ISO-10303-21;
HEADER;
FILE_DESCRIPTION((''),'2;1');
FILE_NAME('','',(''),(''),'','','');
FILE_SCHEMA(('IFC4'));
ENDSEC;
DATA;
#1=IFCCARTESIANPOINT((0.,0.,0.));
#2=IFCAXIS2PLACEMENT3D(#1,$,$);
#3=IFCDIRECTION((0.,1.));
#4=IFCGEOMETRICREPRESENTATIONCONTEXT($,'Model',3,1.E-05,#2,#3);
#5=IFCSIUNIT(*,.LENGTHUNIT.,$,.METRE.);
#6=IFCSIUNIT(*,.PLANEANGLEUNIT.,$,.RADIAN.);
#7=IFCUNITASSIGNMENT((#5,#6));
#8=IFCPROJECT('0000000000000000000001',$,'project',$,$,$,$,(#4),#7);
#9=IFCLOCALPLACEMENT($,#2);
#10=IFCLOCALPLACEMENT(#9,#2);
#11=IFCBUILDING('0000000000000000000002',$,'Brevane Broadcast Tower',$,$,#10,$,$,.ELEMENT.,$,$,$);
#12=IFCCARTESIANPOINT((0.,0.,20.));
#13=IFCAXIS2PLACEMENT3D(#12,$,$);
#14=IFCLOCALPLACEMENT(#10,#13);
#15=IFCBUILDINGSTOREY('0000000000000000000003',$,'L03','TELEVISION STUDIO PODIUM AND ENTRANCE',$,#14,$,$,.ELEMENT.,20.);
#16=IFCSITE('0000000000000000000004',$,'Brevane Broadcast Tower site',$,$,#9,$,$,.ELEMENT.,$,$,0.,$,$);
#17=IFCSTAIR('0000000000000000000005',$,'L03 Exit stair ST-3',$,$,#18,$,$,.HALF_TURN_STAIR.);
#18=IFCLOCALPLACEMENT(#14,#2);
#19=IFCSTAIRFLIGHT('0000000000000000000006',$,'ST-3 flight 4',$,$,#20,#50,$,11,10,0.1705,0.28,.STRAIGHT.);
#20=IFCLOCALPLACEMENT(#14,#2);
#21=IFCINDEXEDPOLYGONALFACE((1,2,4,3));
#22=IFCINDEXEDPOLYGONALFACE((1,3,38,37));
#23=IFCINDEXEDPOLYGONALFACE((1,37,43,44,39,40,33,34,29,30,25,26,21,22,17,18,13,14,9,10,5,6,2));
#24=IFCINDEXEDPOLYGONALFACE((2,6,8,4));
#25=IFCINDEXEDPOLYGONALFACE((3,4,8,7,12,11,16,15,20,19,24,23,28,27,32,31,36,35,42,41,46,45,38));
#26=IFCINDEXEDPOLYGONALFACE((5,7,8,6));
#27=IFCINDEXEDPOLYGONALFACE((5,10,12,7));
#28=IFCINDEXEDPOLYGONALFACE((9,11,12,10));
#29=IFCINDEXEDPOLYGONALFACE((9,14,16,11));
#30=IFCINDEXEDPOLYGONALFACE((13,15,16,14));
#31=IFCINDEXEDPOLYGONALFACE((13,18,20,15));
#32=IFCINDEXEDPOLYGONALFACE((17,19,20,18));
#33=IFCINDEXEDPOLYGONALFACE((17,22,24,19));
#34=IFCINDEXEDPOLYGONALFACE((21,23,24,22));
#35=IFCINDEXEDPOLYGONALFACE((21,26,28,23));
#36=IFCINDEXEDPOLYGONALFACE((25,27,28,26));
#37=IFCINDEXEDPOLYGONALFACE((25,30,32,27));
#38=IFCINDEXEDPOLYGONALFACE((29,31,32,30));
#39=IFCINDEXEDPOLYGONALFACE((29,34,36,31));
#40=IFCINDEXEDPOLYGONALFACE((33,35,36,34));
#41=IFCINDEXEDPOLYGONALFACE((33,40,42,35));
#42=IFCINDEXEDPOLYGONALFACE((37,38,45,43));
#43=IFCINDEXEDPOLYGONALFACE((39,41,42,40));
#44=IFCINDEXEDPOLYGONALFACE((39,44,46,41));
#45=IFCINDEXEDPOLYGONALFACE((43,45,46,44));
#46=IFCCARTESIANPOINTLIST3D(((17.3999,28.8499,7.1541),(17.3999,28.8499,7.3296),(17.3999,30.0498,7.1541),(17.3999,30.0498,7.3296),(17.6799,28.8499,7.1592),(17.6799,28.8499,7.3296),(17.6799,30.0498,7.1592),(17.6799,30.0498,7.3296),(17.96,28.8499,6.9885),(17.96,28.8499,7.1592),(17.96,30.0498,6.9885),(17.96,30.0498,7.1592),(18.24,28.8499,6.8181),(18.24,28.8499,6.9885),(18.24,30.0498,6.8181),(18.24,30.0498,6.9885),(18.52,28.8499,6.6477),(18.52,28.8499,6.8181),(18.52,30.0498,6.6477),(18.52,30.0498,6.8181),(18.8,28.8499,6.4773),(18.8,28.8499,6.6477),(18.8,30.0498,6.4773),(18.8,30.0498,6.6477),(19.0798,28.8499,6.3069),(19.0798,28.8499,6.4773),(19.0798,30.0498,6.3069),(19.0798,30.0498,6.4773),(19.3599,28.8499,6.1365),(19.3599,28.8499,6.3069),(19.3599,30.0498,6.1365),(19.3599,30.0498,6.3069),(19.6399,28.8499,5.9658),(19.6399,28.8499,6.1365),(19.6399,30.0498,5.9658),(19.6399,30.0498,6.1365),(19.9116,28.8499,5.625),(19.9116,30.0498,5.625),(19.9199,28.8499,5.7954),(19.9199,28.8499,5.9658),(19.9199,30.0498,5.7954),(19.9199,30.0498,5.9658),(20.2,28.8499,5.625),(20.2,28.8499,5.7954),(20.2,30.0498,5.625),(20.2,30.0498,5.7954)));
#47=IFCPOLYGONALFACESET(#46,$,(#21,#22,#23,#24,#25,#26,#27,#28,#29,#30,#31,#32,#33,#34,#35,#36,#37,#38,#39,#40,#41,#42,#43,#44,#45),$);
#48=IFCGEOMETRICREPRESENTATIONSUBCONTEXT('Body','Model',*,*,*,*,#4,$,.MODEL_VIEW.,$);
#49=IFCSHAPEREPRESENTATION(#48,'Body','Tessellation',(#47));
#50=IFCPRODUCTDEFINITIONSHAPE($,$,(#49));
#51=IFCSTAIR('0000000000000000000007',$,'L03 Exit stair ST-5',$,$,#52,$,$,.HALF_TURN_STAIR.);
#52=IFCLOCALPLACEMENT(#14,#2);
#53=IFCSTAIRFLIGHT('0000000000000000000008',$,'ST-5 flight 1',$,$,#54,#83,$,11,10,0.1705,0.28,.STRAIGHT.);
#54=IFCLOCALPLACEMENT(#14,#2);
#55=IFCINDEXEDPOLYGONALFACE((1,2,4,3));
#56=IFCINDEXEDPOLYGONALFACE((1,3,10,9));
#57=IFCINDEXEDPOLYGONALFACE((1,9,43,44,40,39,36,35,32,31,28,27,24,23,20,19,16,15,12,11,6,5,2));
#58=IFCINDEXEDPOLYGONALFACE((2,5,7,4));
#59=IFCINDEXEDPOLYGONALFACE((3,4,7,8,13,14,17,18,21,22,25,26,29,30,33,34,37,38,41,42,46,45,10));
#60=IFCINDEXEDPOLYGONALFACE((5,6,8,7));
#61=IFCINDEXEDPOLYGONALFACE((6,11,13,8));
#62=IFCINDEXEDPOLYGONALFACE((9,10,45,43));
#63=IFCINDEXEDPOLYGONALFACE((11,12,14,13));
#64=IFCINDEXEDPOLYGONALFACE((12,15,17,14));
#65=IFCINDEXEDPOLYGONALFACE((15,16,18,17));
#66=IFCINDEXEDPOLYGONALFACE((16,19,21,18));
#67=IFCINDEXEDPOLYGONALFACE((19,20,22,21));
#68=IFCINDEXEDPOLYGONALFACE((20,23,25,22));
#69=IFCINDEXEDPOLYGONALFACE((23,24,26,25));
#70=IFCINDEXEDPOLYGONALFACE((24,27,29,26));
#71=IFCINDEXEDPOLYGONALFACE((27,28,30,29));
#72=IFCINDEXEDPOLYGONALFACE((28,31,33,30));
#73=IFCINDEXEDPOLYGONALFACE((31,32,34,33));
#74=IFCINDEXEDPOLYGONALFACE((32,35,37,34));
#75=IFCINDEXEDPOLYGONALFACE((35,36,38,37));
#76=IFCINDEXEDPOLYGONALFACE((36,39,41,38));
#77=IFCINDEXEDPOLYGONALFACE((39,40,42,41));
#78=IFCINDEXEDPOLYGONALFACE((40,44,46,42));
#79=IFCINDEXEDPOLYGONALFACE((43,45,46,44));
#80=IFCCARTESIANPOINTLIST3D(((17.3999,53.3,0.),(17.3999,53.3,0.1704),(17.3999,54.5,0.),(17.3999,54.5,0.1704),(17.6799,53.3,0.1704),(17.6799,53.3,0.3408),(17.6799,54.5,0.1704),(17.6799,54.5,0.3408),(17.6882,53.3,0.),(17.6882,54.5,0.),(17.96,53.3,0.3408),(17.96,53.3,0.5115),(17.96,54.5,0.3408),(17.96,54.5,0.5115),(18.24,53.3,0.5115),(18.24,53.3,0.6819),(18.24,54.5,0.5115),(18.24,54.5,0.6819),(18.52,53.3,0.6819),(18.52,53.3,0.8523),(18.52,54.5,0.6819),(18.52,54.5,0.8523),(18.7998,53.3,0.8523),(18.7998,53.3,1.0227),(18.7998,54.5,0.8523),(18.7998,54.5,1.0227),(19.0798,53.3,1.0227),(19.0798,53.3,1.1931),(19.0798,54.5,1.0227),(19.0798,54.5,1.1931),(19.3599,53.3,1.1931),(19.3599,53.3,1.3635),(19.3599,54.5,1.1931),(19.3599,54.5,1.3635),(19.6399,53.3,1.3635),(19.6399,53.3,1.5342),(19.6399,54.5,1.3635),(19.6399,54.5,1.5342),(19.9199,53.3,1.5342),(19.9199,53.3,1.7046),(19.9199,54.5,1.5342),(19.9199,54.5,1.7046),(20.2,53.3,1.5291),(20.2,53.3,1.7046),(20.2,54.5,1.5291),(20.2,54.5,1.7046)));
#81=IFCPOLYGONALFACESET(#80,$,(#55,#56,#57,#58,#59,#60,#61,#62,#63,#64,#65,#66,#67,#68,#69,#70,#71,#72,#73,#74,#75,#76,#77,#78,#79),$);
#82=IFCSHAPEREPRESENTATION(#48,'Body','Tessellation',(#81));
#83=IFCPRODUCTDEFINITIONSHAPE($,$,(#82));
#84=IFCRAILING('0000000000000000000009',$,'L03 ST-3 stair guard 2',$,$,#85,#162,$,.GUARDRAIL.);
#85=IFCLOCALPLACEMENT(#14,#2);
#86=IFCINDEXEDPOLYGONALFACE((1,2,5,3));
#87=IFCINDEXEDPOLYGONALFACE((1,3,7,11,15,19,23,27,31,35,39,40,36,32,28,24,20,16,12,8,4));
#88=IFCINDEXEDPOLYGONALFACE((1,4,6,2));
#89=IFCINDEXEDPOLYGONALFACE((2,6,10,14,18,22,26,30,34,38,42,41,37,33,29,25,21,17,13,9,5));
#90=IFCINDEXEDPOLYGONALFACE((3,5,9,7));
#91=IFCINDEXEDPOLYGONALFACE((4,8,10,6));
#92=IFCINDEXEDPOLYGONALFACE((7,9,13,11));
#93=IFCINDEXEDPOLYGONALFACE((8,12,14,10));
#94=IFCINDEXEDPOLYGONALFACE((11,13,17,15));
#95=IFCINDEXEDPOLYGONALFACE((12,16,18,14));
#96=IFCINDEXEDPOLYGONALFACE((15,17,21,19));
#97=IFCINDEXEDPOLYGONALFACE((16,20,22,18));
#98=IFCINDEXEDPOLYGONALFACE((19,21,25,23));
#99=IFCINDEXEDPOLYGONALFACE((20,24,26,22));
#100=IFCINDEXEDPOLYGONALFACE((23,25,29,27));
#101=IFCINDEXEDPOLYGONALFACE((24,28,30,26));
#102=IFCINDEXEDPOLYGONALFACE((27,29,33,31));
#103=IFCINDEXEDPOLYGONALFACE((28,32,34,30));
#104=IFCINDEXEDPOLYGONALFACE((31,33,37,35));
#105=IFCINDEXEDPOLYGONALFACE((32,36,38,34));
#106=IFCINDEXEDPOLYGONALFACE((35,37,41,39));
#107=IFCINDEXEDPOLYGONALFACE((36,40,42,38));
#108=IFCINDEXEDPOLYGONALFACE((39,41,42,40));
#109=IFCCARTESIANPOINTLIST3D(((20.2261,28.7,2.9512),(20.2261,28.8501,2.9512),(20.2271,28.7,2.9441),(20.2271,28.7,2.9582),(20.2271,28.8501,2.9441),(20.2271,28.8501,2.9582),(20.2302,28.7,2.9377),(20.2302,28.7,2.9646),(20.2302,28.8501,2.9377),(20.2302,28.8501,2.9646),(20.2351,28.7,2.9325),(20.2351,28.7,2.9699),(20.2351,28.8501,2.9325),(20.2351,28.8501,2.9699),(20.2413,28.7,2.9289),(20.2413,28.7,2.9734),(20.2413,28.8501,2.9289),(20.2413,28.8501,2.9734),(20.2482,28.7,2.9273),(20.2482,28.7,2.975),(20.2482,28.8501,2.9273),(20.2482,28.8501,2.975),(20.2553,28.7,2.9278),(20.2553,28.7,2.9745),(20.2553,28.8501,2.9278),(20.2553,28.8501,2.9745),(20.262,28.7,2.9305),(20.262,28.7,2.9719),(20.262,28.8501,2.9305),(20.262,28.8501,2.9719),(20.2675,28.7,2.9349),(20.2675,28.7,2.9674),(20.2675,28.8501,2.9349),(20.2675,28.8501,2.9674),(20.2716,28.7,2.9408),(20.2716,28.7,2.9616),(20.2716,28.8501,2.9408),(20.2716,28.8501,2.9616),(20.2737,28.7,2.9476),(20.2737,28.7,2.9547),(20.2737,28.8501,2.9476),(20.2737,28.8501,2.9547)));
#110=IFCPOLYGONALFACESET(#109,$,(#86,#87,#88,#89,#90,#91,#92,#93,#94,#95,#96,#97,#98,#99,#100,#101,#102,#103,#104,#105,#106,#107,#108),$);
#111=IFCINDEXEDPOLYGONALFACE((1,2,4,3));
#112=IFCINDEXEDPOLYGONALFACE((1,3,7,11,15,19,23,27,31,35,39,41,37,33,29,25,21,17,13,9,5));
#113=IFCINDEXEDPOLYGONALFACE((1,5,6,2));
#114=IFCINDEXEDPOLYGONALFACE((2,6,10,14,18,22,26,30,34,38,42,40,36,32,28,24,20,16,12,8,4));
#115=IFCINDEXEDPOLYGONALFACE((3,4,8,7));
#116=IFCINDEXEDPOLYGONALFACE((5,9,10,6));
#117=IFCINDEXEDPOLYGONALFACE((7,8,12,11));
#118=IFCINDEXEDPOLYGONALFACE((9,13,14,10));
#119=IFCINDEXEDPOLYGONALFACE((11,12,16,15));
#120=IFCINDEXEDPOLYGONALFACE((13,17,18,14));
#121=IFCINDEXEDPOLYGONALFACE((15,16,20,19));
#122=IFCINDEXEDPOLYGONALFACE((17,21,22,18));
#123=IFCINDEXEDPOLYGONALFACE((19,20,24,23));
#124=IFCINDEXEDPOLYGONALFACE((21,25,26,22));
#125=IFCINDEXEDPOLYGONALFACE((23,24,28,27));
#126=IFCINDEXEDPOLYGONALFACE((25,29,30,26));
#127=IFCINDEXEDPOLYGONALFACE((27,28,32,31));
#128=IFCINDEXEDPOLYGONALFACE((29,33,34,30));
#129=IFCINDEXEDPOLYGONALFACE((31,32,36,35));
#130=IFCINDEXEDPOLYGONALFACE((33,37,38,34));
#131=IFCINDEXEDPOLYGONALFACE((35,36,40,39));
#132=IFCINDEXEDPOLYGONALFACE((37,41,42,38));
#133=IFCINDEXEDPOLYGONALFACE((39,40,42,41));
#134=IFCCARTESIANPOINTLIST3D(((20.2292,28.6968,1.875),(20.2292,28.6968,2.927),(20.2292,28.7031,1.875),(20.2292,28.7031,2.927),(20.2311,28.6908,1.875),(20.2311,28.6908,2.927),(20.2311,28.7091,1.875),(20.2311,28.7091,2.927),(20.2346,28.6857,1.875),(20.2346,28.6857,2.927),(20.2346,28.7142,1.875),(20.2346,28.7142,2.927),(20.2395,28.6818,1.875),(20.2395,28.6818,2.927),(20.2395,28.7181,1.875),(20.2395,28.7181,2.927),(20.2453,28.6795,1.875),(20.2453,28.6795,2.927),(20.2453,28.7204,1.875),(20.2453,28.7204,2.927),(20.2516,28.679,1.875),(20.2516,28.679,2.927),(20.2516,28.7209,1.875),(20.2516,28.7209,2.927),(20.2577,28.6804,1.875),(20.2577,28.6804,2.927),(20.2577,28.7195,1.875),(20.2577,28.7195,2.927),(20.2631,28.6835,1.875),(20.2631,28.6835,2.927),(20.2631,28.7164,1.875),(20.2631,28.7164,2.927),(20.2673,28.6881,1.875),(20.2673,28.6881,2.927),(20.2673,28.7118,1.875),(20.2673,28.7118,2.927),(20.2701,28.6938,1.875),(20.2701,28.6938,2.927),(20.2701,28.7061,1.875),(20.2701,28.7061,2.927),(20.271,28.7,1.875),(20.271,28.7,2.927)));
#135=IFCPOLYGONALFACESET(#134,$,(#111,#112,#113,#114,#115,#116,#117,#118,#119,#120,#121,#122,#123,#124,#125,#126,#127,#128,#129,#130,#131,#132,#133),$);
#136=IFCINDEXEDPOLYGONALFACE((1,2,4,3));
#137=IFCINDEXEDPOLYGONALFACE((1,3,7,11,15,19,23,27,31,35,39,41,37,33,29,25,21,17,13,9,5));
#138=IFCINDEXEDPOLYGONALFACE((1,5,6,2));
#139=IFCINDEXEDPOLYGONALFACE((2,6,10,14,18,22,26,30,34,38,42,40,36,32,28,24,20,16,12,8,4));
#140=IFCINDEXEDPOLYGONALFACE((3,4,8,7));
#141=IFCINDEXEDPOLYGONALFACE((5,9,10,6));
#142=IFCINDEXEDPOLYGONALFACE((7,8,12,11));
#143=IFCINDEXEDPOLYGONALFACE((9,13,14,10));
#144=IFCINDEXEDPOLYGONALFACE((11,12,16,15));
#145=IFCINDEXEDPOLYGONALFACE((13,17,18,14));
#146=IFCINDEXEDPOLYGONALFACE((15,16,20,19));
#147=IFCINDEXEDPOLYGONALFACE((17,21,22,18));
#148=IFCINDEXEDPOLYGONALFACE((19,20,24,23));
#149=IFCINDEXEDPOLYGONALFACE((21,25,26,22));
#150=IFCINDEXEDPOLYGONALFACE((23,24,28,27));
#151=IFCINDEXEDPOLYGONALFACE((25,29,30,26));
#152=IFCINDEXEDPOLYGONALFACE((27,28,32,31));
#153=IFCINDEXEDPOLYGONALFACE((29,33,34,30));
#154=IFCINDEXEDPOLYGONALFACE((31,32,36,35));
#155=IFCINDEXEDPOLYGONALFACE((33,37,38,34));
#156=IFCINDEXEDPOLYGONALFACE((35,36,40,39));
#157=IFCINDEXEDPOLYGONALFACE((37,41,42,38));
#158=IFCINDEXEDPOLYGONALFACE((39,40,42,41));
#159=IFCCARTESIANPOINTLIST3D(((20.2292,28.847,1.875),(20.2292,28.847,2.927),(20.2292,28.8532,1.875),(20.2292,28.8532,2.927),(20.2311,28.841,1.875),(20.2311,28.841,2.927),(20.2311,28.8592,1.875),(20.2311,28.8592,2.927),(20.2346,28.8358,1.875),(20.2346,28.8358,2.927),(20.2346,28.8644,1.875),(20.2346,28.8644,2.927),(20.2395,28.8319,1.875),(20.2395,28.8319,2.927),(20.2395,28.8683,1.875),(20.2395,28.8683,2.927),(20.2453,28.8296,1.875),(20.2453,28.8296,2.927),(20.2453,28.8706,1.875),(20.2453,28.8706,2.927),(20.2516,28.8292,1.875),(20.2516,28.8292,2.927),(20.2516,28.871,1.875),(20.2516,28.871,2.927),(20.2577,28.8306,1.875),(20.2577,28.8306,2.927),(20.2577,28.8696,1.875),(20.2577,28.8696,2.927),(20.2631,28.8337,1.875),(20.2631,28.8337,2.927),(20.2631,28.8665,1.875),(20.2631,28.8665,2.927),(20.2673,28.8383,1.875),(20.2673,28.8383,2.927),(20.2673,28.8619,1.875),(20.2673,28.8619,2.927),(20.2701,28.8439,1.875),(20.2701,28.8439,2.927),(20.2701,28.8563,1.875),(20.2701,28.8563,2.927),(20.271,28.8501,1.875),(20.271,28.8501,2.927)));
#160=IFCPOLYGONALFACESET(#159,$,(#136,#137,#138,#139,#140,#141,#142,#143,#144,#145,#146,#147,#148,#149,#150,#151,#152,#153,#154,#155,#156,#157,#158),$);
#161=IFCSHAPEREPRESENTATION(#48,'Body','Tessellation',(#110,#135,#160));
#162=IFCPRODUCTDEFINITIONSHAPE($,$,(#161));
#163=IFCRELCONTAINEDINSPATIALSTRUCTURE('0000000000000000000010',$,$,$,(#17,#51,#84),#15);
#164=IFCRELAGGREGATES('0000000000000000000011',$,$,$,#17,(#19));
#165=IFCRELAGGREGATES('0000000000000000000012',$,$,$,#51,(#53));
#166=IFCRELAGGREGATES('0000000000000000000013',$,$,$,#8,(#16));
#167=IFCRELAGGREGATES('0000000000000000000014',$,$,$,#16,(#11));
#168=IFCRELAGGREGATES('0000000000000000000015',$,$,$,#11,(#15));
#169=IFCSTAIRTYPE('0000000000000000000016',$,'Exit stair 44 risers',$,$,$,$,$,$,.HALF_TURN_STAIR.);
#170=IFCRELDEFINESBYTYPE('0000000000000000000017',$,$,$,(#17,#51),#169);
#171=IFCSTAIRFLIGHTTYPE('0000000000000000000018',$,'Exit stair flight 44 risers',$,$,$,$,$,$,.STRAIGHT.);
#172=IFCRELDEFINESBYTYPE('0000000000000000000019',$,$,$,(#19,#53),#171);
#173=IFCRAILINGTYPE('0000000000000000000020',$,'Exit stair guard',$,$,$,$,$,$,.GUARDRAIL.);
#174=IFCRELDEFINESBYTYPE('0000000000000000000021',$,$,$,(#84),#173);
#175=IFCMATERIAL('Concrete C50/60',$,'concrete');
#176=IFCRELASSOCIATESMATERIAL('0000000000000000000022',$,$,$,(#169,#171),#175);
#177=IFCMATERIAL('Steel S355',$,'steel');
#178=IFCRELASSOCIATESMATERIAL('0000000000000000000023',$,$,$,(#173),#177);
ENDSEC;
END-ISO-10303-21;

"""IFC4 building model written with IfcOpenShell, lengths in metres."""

from ifc_helpers import new_model, si_unit, direction, frame, origin, origin_2d, place, context, subcontext, project, spatial, polyline, circle, outline, extrude, material, type_object, element, aggregate, save


model = new_model("IFC4")

# Units and contexts
model_context = context("Model", 3, precision=1e-05, world=origin(), true_north=direction((0.0, 1.0)))
body_context = subcontext(model_context, "Body", "Model", "MODEL_VIEW")
ifc_project = project(units=[si_unit("LENGTHUNIT", "METRE"), si_unit("PLANEANGLEUNIT", "RADIAN")], contexts=[model_context])

# Site, building, storey
site_placement = place(None, origin())
site = spatial("IfcSite", under=ifc_project, at=site_placement, Name="Brevane Broadcast Tower site", CompositionType="ELEMENT", RefElevation=0.0)
building_placement = place(site_placement, origin())
building = spatial("IfcBuilding", under=site, at=building_placement, Name="Brevane Broadcast Tower", CompositionType="ELEMENT")
storey_placement = place(building_placement, frame((0.0, 0.0, 20.0)))
storey = spatial("IfcBuildingStorey", under=building, at=storey_placement, Name="L03", Description="TELEVISION STUDIO PODIUM AND ENTRANCE", CompositionType="ELEMENT", Elevation=20.0)

# Stair, stair flight
ifc_material_1 = material(Name="Concrete C50/60", Category="concrete")
stair_type = type_object("IfcStairType", Name="Exit stair 44 risers", PredefinedType="HALF_TURN_STAIR", material=ifc_material_1)
stair_1_placement = place(storey_placement, origin())
stair_1 = element("IfcStair", 1, at=stair_1_placement, inside=storey, type_object=stair_type, Name="L03 Exit stair ST-3", PredefinedType="HALF_TURN_STAIR")
stair_flight_type = type_object("IfcStairFlightType", Name="Exit stair flight 44 risers", PredefinedType="STRAIGHT", material=ifc_material_1)
stair_flight_1_placement = place(storey_placement, frame((20.2, 29.45, 5.625), z_axis=(0.0, 0.0, 1.0), x_axis=(-1.0, 0.0, 0.0)))
stair_flight_1 = element("IfcStairFlight", 2, at=stair_flight_1_placement, type_object=stair_flight_type, Name="ST-3 flight 4", NumberOfRisers=11, NumberOfTreads=10, PredefinedType="STRAIGHT", RiserHeight=0.1705, TreadLength=0.28, context=body_context, shape_type="SweptSolid", body=[
    extrude(outline(polyline([(0.0, 0.0), (0.0, 0.1704), (0.28, 0.1704), (0.28, 0.3408), (0.5601, 0.3408), (0.5601, 0.5115), (0.8401, 0.5115), (0.8401, 0.6819), (1.1201, 0.6819), (1.1201, 0.8523), (1.3999, 0.8523), (1.3999, 1.0227), (1.6799, 1.0227), (1.6799, 1.1931), (1.96, 1.1931), (1.96, 1.3635), (2.24, 1.3635), (2.24, 1.5342), (2.52, 1.5342), (2.52, 1.7046), (2.8, 1.7046), (2.8, 1.875), (2.8, 1.5291), (0.2883, 0.0), (0.0, 0.0)])), frame((0.0, 0.6001, 0.0), z_axis=(0.0, -1.0, 0.0), x_axis=(1.0, 0.0, 0.0)), (0.0, 0.0, 1.0), 1.2),
])
aggregate(stair_1, [stair_flight_1])

# Stair, stair flight
stair_2_placement = place(storey_placement, origin())
stair_2 = element("IfcStair", 3, at=stair_2_placement, inside=storey, type_object=stair_type, Name="L03 Exit stair ST-5", PredefinedType="HALF_TURN_STAIR")
stair_flight_2_placement = place(storey_placement, frame((17.3999, 53.8999, 0.0), z_axis=(0.0, 0.0, 1.0), x_axis=(1.0, 0.0, 0.0)))
stair_flight_2 = element("IfcStairFlight", 4, at=stair_flight_2_placement, type_object=stair_flight_type, Name="ST-5 flight 1", NumberOfRisers=11, NumberOfTreads=10, PredefinedType="STRAIGHT", RiserHeight=0.1705, TreadLength=0.28, context=body_context, shape_type="SweptSolid", body=[
    extrude(outline(polyline([(0.0, 0.0), (0.0, 0.1704), (0.28, 0.1704), (0.28, 0.3408), (0.5601, 0.3408), (0.5601, 0.5115), (0.8401, 0.5115), (0.8401, 0.6819), (1.1201, 0.6819), (1.1201, 0.8523), (1.3999, 0.8523), (1.3999, 1.0227), (1.6799, 1.0227), (1.6799, 1.1931), (1.96, 1.1931), (1.96, 1.3635), (2.24, 1.3635), (2.24, 1.5342), (2.52, 1.5342), (2.52, 1.7046), (2.8, 1.7046), (2.8, 1.875), (2.8, 1.5291), (0.2883, 0.0), (0.0, 0.0)])), frame((0.0, 0.6001, 0.0), z_axis=(0.0, -1.0, 0.0), x_axis=(1.0, 0.0, 0.0)), (0.0, 0.0, 1.0), 1.2),
])
aggregate(stair_2, [stair_flight_2])

# Railing
ifc_material_2 = material(Name="Steel S355", Category="steel")
railing_type_1 = type_object("IfcRailingType", Name="Exit stair guard", PredefinedType="GUARDRAIL", material=ifc_material_2)
railing_1_placement = place(storey_placement, frame((20.25, 28.7, 1.875)))
element("IfcRailing", 5, at=railing_1_placement, inside=storey, type_object=railing_type_1, Name="L03 ST-3 stair guard 2", PredefinedType="GUARDRAIL", context=body_context, shape_type="SweptSolid", body=[
    extrude(circle(Radius=0.0239, at=origin_2d()), frame((0.0, 0.0, 1.0762), z_axis=(0.0, 1.0, 0.0), x_axis=(-1.0, 0.0, 0.0)), (0.0, 0.0, 1.0), 0.1501),
    extrude(circle(Radius=0.021, at=origin_2d()), origin(), (0.0, 0.0, 1.0), 1.052),
    extrude(circle(Radius=0.021, at=origin_2d()), frame((0.0, 0.1501, 0.0)), (0.0, 0.0, 1.0), 1.052),
])

save(model, "model.ifc")
